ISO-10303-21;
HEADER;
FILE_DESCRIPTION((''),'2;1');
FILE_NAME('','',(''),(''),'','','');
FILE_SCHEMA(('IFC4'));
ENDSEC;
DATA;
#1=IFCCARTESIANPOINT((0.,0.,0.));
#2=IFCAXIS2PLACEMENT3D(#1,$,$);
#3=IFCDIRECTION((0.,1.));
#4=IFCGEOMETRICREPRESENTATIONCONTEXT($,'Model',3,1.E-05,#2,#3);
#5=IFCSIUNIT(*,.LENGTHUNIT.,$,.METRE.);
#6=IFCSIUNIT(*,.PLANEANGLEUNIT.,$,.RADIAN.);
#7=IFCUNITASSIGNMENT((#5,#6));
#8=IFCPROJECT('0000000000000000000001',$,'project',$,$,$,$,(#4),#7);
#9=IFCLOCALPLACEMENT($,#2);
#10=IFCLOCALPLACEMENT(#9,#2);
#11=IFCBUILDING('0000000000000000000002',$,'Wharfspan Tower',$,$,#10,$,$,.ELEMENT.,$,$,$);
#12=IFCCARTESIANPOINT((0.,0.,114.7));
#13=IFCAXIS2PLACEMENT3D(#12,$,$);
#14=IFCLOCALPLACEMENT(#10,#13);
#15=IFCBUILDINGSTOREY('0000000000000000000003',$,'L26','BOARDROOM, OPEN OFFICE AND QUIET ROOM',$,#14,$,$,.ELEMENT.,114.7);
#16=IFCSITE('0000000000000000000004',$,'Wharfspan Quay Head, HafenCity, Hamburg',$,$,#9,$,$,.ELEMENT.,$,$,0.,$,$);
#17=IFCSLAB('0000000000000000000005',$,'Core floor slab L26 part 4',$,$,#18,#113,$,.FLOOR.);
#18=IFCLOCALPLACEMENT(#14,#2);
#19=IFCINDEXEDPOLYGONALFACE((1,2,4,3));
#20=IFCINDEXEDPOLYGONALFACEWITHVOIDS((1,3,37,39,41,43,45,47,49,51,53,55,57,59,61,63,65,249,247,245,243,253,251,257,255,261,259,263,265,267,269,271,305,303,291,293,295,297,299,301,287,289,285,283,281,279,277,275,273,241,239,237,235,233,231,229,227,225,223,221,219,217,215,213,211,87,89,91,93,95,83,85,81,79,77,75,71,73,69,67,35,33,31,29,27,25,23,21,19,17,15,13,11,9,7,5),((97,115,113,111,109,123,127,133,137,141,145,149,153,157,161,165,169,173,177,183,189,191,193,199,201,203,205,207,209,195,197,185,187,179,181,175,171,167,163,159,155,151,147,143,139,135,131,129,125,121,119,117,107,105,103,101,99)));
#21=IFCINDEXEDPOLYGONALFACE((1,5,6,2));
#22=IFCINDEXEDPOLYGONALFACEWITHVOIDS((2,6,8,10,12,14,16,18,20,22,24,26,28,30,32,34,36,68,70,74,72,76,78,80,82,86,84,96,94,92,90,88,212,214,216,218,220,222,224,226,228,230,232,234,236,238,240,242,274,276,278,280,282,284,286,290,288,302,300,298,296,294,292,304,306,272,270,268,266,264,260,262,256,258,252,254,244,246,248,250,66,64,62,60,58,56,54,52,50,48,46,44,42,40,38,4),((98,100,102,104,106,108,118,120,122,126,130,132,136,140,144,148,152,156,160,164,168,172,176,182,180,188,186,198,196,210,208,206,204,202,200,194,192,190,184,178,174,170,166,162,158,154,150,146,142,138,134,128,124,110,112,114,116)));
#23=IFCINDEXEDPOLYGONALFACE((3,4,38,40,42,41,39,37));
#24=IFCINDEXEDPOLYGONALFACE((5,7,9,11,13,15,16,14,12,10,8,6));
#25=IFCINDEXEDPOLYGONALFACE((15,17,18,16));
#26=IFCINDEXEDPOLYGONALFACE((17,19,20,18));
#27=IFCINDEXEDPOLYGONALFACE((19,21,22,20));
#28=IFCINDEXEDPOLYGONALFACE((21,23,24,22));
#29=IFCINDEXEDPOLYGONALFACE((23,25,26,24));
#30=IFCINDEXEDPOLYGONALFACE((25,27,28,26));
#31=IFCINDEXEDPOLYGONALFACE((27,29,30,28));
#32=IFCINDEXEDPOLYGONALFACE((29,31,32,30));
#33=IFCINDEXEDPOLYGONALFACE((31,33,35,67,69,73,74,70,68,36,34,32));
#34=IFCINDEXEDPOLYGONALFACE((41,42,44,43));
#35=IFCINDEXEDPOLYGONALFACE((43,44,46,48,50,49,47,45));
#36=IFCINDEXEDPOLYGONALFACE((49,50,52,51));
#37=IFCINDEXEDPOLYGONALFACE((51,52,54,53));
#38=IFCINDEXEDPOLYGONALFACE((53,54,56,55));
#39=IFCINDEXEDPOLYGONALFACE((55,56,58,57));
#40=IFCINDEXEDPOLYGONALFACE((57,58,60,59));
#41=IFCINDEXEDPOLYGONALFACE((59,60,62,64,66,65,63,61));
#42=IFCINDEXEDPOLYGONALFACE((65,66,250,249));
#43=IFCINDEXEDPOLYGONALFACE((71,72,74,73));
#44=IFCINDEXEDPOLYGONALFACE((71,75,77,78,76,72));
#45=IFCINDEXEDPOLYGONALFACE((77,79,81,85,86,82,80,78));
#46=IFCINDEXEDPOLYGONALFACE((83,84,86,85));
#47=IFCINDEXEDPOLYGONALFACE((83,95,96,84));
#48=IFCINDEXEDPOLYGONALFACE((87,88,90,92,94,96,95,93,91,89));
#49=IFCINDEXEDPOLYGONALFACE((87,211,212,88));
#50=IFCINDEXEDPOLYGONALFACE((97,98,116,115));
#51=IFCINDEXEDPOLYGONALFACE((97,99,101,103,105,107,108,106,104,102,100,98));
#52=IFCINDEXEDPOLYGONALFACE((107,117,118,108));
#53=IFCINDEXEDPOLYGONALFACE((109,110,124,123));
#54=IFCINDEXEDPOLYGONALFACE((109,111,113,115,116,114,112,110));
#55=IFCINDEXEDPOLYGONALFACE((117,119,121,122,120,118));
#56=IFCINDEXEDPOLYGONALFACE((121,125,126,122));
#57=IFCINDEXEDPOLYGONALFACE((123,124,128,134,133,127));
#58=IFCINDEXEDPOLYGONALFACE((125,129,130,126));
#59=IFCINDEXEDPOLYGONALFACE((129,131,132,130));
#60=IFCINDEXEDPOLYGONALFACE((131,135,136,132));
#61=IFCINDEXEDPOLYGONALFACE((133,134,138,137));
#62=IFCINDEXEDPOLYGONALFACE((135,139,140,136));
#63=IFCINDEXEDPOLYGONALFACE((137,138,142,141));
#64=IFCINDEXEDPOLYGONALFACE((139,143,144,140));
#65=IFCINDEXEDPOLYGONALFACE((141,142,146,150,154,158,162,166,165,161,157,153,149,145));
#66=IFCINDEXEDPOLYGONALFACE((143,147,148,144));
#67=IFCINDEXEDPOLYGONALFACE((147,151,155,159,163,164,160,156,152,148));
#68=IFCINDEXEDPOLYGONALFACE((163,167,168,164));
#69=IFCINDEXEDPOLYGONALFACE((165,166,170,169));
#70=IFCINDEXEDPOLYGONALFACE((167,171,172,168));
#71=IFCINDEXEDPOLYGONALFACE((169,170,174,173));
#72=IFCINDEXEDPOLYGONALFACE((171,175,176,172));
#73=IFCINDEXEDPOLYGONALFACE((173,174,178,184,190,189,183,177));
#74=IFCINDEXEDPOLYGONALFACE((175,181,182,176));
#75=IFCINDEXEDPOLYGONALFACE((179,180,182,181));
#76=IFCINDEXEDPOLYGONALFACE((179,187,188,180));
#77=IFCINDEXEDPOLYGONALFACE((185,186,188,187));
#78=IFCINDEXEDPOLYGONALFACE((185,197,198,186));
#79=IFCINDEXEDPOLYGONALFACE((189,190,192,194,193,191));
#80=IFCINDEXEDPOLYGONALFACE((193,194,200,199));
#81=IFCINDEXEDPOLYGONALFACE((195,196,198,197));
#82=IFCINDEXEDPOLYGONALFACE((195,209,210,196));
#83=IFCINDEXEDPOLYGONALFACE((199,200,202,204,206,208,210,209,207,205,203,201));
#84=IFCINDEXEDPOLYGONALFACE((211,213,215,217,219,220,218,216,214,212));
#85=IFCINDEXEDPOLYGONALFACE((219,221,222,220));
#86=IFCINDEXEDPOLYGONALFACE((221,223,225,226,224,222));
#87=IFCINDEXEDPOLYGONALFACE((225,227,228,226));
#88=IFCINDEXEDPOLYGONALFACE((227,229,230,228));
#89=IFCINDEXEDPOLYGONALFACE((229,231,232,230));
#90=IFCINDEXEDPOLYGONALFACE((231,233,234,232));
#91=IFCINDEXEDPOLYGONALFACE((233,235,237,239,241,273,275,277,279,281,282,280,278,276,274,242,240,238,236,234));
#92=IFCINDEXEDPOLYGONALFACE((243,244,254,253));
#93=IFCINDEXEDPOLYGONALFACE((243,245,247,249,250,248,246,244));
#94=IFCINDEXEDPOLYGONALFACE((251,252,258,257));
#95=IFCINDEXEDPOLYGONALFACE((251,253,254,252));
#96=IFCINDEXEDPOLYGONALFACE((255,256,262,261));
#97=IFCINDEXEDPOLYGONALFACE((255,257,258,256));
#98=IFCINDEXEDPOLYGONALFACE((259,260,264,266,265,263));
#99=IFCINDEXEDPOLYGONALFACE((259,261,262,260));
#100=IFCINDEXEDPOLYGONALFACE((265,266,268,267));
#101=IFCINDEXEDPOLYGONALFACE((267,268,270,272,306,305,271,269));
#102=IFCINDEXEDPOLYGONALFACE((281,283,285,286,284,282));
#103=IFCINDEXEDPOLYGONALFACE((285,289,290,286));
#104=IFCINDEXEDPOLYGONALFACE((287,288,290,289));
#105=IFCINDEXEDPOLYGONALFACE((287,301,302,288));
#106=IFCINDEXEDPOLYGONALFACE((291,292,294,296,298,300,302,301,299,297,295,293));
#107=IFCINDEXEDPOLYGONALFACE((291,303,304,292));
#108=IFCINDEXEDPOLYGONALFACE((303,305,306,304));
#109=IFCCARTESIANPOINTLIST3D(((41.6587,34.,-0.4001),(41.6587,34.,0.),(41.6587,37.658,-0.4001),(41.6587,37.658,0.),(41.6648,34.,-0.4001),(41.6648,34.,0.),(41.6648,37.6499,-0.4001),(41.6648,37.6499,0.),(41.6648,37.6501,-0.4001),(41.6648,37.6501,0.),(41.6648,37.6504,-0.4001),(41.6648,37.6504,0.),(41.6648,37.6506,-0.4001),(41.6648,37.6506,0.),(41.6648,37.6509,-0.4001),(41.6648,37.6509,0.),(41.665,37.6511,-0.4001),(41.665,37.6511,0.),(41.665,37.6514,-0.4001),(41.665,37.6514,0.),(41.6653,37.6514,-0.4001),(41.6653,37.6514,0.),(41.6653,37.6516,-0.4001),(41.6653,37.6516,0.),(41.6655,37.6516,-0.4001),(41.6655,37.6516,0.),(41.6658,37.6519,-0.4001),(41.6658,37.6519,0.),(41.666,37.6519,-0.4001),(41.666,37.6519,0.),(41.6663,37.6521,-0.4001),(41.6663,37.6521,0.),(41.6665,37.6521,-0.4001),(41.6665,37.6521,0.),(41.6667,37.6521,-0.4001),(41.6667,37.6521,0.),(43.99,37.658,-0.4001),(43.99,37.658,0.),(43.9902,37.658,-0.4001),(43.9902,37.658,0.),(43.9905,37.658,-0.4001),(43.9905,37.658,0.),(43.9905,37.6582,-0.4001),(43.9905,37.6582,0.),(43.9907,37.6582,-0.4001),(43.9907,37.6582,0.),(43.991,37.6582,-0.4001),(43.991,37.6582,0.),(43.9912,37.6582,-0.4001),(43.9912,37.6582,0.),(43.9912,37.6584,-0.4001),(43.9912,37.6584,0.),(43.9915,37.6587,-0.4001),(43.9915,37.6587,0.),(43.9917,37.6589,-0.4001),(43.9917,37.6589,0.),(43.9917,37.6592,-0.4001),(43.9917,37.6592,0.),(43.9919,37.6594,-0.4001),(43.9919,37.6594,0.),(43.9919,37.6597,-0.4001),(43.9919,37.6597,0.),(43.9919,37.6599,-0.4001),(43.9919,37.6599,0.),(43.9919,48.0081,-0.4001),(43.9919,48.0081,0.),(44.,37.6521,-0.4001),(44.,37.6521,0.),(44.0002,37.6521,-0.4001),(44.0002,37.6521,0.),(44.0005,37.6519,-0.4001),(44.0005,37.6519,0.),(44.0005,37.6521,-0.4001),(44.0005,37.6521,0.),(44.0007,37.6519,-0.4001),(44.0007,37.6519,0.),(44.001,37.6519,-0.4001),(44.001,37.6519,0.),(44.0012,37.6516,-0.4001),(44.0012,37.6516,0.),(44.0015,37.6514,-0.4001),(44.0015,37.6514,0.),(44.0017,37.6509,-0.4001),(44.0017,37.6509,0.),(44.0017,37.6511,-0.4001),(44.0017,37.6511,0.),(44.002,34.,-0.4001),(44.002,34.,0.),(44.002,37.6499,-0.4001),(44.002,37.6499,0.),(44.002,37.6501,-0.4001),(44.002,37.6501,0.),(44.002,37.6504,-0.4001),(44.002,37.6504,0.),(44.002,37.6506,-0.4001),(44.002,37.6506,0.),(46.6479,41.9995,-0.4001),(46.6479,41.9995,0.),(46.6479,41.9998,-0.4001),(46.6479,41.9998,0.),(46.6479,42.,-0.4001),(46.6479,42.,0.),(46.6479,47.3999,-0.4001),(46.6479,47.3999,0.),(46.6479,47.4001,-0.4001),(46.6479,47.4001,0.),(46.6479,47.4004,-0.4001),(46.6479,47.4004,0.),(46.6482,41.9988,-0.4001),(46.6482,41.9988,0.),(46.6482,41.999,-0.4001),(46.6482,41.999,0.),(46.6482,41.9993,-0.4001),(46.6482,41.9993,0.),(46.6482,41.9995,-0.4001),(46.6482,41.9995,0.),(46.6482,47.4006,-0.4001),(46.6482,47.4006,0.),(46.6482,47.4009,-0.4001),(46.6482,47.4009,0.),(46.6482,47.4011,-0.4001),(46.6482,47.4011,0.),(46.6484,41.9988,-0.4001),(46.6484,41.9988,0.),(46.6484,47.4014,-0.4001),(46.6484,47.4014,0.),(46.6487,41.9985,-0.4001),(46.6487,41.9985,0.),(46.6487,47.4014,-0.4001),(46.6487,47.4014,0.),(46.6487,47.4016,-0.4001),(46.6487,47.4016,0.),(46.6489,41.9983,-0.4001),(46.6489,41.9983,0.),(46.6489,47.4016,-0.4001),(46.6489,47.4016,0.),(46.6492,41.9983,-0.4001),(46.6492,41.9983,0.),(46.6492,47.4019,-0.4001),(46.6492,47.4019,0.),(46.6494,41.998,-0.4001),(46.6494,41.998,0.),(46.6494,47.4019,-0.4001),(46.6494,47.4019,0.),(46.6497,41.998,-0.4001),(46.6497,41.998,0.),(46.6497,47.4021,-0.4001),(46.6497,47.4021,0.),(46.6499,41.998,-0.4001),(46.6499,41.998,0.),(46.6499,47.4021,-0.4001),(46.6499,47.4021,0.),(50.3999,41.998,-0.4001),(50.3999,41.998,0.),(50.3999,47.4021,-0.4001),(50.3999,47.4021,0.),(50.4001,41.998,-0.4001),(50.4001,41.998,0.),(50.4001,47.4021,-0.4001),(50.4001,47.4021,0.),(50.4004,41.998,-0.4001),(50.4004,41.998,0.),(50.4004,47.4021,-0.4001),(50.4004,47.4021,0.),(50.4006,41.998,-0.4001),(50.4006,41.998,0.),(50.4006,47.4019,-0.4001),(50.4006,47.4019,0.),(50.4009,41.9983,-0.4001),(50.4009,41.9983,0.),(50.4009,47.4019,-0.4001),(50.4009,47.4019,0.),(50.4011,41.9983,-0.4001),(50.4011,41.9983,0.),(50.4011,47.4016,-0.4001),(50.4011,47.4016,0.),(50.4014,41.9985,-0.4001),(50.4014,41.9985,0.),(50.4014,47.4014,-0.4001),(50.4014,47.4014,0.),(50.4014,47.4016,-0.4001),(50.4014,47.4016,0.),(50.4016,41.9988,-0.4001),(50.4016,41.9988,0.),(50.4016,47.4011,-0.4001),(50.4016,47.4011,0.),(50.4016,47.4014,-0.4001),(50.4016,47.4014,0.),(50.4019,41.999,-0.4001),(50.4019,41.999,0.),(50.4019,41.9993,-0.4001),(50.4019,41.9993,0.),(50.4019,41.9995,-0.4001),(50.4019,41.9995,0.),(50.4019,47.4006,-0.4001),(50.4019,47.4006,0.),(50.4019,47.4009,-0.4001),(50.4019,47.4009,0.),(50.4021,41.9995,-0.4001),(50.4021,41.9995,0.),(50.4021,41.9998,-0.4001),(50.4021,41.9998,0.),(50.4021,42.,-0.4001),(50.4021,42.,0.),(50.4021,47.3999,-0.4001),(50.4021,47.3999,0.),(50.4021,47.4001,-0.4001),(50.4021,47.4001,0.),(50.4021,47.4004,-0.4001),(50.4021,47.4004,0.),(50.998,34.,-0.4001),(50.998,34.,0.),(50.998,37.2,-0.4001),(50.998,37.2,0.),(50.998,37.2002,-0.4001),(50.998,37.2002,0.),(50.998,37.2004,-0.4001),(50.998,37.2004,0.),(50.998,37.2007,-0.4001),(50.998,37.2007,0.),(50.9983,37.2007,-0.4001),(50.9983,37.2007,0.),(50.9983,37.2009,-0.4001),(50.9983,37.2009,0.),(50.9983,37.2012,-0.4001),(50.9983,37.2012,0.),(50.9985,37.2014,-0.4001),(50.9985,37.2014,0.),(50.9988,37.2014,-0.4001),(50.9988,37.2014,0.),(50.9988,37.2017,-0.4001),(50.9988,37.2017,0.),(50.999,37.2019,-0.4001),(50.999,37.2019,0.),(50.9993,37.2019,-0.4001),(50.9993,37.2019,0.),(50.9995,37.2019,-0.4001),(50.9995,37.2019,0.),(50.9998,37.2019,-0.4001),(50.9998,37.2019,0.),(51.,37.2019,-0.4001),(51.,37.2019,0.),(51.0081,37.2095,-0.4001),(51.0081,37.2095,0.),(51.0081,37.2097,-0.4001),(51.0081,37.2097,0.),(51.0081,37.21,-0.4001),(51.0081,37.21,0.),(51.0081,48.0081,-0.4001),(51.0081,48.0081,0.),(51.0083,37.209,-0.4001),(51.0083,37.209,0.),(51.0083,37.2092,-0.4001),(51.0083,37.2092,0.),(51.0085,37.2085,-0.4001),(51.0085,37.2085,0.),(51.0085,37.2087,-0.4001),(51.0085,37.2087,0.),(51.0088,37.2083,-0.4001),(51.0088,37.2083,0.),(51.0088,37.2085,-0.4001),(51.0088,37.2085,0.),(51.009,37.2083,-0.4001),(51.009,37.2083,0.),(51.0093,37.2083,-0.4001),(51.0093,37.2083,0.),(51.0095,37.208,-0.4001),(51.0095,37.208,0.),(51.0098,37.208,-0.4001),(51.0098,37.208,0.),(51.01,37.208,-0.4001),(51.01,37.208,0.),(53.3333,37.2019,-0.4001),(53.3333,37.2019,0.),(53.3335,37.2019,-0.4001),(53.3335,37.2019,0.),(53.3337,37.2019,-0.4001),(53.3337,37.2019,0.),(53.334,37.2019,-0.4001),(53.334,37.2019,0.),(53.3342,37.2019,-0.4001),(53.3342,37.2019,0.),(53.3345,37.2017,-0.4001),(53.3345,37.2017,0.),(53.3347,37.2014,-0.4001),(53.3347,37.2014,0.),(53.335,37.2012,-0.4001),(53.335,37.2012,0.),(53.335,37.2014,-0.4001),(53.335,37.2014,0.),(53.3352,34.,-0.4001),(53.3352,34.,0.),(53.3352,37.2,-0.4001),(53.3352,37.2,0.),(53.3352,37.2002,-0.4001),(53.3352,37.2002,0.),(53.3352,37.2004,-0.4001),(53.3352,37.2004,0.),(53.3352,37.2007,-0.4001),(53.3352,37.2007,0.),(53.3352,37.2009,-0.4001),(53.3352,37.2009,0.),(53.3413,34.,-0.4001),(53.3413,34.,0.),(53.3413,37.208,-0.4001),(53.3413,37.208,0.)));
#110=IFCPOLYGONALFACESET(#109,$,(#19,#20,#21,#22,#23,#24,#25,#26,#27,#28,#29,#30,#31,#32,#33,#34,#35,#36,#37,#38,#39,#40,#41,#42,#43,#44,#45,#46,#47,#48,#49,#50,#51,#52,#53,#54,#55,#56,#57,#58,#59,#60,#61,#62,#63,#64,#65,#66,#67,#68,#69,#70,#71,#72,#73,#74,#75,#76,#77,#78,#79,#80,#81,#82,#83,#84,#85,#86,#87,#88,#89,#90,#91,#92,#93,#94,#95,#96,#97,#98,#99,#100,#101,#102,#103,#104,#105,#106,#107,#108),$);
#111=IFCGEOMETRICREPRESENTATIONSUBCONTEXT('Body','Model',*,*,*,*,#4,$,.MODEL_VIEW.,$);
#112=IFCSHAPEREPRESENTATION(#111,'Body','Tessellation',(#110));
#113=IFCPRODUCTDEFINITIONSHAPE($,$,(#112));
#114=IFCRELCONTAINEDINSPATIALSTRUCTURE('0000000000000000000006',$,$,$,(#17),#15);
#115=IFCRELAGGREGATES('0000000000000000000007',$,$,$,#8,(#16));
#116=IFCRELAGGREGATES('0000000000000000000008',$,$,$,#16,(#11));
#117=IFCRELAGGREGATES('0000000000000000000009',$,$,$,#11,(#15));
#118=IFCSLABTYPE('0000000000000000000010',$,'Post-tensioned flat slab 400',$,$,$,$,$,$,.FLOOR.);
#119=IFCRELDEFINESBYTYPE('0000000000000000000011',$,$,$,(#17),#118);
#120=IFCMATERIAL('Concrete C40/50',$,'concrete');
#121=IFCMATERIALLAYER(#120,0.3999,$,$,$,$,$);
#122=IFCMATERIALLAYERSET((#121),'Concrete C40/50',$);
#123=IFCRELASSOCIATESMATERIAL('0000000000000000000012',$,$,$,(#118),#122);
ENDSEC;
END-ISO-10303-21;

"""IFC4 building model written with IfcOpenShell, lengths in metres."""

from ifc_helpers import new_model, si_unit, direction, frame, origin, place, context, subcontext, project, spatial, polyline, outline, extrude, material, layer, layer_set, type_object, element, save


model = new_model("IFC4")

# Units and contexts
model_context = context("Model", 3, precision=1e-05, world=origin(), true_north=direction((0.0, 1.0)))
body_context = subcontext(model_context, "Body", "Model", "MODEL_VIEW")
ifc_project = project(units=[si_unit("LENGTHUNIT", "METRE"), si_unit("PLANEANGLEUNIT", "RADIAN")], contexts=[model_context])

# Site, building, storey
site_placement = place(None, origin())
site = spatial("IfcSite", under=ifc_project, at=site_placement, Name="Wharfspan Quay Head, HafenCity, Hamburg", CompositionType="ELEMENT", RefElevation=0.0)
building_placement = place(site_placement, origin())
building = spatial("IfcBuilding", under=site, at=building_placement, Name="Wharfspan Tower", CompositionType="ELEMENT")
storey_placement = place(building_placement, frame((0.0, 0.0, 114.7)))
storey = spatial("IfcBuildingStorey", under=building, at=storey_placement, Name="L26", Description="BOARDROOM, OPEN OFFICE AND QUIET ROOM", CompositionType="ELEMENT", Elevation=114.7)

# Slab
ifc_material_1 = material(Name="Concrete C40/50", Category="concrete")
ifc_layer_1 = layer(ifc_material_1, 0.3999)
ifc_layer_set_1 = layer_set([ifc_layer_1], Name="Concrete C40/50")
slab_type = type_object("IfcSlabType", Name="Post-tensioned flat slab 400", PredefinedType="FLOOR", material=ifc_layer_set_1)
slab_1_placement = place(storey_placement, frame((0.0, 0.0, -0.4001)))
element("IfcSlab", 1, at=slab_1_placement, inside=storey, type_object=slab_type, Name="Core floor slab L26 part 4", PredefinedType="FLOOR", context=body_context, shape_type="SweptSolid", body=[
    extrude(outline(polyline([(53.3413, 34.0), (53.3413, 37.208), (51.01, 37.208), (51.0098, 37.208), (51.0095, 37.208), (51.0095, 37.208), (51.0093, 37.2083), (51.009, 37.2083), (51.0088, 37.2083), (51.0088, 37.2085), (51.0085, 37.2085), (51.0085, 37.2087), (51.0083, 37.209), (51.0083, 37.209), (51.0083, 37.2092), (51.0081, 37.2095), (51.0081, 37.2097), (51.0081, 37.2097), (51.0081, 37.21), (51.0081, 48.0081), (43.9919, 48.0081), (43.9919, 37.6599), (43.9919, 37.6599), (43.9919, 37.6597), (43.9919, 37.6594), (43.9917, 37.6592), (43.9917, 37.6592), (43.9917, 37.6589), (43.9915, 37.6587), (43.9915, 37.6587), (43.9912, 37.6584), (43.9912, 37.6582), (43.991, 37.6582), (43.9907, 37.6582), (43.9905, 37.6582), (43.9905, 37.658), (43.9902, 37.658), (43.99, 37.658), (41.6587, 37.658), (41.6587, 34.0), (41.6648, 34.0), (41.6648, 37.6499), (41.6648, 37.6501), (41.6648, 37.6504), (41.6648, 37.6506), (41.6648, 37.6509), (41.6648, 37.6509), (41.665, 37.6511), (41.665, 37.6514), (41.6653, 37.6514), (41.6653, 37.6516), (41.6655, 37.6516), (41.6658, 37.6519), (41.666, 37.6519), (41.666, 37.6519), (41.6663, 37.6521), (41.6665, 37.6521), (41.6667, 37.6521), (44.0, 37.6521), (44.0002, 37.6521), (44.0005, 37.6521), (44.0005, 37.6519), (44.0007, 37.6519), (44.001, 37.6519), (44.0012, 37.6516), (44.0012, 37.6516), (44.0015, 37.6514), (44.0015, 37.6514), (44.0017, 37.6511), (44.0017, 37.6509), (44.0017, 37.6509), (44.002, 37.6506), (44.002, 37.6504), (44.002, 37.6501), (44.002, 37.6499), (44.002, 34.0), (50.998, 34.0), (50.998, 37.2), (50.998, 37.2002), (50.998, 37.2004), (50.998, 37.2007), (50.9983, 37.2007), (50.9983, 37.2009), (50.9983, 37.2012), (50.9985, 37.2014), (50.9985, 37.2014), (50.9988, 37.2014), (50.9988, 37.2017), (50.999, 37.2019), (50.9993, 37.2019), (50.9995, 37.2019), (50.9995, 37.2019), (50.9998, 37.2019), (51.0, 37.2019), (53.3333, 37.2019), (53.3335, 37.2019), (53.3337, 37.2019), (53.334, 37.2019), (53.334, 37.2019), (53.3342, 37.2019), (53.3345, 37.2017), (53.3347, 37.2014), (53.3347, 37.2014), (53.335, 37.2014), (53.335, 37.2012), (53.3352, 37.2009), (53.3352, 37.2007), (53.3352, 37.2007), (53.3352, 37.2004), (53.3352, 37.2002), (53.3352, 37.2), (53.3352, 34.0), (53.3413, 34.0)]), holes=[polyline([(50.4021, 42.0), (50.4021, 41.9998), (50.4021, 41.9995), (50.4019, 41.9995), (50.4019, 41.9993), (50.4019, 41.999), (50.4016, 41.9988), (50.4016, 41.9988), (50.4014, 41.9985), (50.4014, 41.9985), (50.4011, 41.9983), (50.4009, 41.9983), (50.4009, 41.9983), (50.4006, 41.998), (50.4004, 41.998), (50.4001, 41.998), (50.3999, 41.998), (46.6499, 41.998), (46.6499, 41.998), (46.6497, 41.998), (46.6494, 41.998), (46.6492, 41.9983), (46.6492, 41.9983), (46.6489, 41.9983), (46.6487, 41.9985), (46.6487, 41.9985), (46.6484, 41.9988), (46.6482, 41.9988), (46.6482, 41.999), (46.6482, 41.9993), (46.6482, 41.9995), (46.6479, 41.9995), (46.6479, 41.9998), (46.6479, 42.0), (46.6479, 47.3999), (46.6479, 47.4001), (46.6479, 47.4004), (46.6482, 47.4006), (46.6482, 47.4009), (46.6482, 47.4009), (46.6482, 47.4011), (46.6484, 47.4014), (46.6487, 47.4014), (46.6487, 47.4016), (46.6489, 47.4016), (46.6492, 47.4019), (46.6492, 47.4019), (46.6494, 47.4019), (46.6497, 47.4021), (46.6499, 47.4021), (46.6499, 47.4021), (50.3999, 47.4021), (50.4001, 47.4021), (50.4004, 47.4021), (50.4006, 47.4019), (50.4009, 47.4019), (50.4009, 47.4019), (50.4011, 47.4016), (50.4014, 47.4016), (50.4014, 47.4014), (50.4016, 47.4014), (50.4016, 47.4011), (50.4019, 47.4009), (50.4019, 47.4009), (50.4019, 47.4006), (50.4021, 47.4004), (50.4021, 47.4001), (50.4021, 47.3999), (50.4021, 42.0)])]), origin(), (0.0, 0.0, 1.0), 0.4001),
])

save(model, "model.ifc")
